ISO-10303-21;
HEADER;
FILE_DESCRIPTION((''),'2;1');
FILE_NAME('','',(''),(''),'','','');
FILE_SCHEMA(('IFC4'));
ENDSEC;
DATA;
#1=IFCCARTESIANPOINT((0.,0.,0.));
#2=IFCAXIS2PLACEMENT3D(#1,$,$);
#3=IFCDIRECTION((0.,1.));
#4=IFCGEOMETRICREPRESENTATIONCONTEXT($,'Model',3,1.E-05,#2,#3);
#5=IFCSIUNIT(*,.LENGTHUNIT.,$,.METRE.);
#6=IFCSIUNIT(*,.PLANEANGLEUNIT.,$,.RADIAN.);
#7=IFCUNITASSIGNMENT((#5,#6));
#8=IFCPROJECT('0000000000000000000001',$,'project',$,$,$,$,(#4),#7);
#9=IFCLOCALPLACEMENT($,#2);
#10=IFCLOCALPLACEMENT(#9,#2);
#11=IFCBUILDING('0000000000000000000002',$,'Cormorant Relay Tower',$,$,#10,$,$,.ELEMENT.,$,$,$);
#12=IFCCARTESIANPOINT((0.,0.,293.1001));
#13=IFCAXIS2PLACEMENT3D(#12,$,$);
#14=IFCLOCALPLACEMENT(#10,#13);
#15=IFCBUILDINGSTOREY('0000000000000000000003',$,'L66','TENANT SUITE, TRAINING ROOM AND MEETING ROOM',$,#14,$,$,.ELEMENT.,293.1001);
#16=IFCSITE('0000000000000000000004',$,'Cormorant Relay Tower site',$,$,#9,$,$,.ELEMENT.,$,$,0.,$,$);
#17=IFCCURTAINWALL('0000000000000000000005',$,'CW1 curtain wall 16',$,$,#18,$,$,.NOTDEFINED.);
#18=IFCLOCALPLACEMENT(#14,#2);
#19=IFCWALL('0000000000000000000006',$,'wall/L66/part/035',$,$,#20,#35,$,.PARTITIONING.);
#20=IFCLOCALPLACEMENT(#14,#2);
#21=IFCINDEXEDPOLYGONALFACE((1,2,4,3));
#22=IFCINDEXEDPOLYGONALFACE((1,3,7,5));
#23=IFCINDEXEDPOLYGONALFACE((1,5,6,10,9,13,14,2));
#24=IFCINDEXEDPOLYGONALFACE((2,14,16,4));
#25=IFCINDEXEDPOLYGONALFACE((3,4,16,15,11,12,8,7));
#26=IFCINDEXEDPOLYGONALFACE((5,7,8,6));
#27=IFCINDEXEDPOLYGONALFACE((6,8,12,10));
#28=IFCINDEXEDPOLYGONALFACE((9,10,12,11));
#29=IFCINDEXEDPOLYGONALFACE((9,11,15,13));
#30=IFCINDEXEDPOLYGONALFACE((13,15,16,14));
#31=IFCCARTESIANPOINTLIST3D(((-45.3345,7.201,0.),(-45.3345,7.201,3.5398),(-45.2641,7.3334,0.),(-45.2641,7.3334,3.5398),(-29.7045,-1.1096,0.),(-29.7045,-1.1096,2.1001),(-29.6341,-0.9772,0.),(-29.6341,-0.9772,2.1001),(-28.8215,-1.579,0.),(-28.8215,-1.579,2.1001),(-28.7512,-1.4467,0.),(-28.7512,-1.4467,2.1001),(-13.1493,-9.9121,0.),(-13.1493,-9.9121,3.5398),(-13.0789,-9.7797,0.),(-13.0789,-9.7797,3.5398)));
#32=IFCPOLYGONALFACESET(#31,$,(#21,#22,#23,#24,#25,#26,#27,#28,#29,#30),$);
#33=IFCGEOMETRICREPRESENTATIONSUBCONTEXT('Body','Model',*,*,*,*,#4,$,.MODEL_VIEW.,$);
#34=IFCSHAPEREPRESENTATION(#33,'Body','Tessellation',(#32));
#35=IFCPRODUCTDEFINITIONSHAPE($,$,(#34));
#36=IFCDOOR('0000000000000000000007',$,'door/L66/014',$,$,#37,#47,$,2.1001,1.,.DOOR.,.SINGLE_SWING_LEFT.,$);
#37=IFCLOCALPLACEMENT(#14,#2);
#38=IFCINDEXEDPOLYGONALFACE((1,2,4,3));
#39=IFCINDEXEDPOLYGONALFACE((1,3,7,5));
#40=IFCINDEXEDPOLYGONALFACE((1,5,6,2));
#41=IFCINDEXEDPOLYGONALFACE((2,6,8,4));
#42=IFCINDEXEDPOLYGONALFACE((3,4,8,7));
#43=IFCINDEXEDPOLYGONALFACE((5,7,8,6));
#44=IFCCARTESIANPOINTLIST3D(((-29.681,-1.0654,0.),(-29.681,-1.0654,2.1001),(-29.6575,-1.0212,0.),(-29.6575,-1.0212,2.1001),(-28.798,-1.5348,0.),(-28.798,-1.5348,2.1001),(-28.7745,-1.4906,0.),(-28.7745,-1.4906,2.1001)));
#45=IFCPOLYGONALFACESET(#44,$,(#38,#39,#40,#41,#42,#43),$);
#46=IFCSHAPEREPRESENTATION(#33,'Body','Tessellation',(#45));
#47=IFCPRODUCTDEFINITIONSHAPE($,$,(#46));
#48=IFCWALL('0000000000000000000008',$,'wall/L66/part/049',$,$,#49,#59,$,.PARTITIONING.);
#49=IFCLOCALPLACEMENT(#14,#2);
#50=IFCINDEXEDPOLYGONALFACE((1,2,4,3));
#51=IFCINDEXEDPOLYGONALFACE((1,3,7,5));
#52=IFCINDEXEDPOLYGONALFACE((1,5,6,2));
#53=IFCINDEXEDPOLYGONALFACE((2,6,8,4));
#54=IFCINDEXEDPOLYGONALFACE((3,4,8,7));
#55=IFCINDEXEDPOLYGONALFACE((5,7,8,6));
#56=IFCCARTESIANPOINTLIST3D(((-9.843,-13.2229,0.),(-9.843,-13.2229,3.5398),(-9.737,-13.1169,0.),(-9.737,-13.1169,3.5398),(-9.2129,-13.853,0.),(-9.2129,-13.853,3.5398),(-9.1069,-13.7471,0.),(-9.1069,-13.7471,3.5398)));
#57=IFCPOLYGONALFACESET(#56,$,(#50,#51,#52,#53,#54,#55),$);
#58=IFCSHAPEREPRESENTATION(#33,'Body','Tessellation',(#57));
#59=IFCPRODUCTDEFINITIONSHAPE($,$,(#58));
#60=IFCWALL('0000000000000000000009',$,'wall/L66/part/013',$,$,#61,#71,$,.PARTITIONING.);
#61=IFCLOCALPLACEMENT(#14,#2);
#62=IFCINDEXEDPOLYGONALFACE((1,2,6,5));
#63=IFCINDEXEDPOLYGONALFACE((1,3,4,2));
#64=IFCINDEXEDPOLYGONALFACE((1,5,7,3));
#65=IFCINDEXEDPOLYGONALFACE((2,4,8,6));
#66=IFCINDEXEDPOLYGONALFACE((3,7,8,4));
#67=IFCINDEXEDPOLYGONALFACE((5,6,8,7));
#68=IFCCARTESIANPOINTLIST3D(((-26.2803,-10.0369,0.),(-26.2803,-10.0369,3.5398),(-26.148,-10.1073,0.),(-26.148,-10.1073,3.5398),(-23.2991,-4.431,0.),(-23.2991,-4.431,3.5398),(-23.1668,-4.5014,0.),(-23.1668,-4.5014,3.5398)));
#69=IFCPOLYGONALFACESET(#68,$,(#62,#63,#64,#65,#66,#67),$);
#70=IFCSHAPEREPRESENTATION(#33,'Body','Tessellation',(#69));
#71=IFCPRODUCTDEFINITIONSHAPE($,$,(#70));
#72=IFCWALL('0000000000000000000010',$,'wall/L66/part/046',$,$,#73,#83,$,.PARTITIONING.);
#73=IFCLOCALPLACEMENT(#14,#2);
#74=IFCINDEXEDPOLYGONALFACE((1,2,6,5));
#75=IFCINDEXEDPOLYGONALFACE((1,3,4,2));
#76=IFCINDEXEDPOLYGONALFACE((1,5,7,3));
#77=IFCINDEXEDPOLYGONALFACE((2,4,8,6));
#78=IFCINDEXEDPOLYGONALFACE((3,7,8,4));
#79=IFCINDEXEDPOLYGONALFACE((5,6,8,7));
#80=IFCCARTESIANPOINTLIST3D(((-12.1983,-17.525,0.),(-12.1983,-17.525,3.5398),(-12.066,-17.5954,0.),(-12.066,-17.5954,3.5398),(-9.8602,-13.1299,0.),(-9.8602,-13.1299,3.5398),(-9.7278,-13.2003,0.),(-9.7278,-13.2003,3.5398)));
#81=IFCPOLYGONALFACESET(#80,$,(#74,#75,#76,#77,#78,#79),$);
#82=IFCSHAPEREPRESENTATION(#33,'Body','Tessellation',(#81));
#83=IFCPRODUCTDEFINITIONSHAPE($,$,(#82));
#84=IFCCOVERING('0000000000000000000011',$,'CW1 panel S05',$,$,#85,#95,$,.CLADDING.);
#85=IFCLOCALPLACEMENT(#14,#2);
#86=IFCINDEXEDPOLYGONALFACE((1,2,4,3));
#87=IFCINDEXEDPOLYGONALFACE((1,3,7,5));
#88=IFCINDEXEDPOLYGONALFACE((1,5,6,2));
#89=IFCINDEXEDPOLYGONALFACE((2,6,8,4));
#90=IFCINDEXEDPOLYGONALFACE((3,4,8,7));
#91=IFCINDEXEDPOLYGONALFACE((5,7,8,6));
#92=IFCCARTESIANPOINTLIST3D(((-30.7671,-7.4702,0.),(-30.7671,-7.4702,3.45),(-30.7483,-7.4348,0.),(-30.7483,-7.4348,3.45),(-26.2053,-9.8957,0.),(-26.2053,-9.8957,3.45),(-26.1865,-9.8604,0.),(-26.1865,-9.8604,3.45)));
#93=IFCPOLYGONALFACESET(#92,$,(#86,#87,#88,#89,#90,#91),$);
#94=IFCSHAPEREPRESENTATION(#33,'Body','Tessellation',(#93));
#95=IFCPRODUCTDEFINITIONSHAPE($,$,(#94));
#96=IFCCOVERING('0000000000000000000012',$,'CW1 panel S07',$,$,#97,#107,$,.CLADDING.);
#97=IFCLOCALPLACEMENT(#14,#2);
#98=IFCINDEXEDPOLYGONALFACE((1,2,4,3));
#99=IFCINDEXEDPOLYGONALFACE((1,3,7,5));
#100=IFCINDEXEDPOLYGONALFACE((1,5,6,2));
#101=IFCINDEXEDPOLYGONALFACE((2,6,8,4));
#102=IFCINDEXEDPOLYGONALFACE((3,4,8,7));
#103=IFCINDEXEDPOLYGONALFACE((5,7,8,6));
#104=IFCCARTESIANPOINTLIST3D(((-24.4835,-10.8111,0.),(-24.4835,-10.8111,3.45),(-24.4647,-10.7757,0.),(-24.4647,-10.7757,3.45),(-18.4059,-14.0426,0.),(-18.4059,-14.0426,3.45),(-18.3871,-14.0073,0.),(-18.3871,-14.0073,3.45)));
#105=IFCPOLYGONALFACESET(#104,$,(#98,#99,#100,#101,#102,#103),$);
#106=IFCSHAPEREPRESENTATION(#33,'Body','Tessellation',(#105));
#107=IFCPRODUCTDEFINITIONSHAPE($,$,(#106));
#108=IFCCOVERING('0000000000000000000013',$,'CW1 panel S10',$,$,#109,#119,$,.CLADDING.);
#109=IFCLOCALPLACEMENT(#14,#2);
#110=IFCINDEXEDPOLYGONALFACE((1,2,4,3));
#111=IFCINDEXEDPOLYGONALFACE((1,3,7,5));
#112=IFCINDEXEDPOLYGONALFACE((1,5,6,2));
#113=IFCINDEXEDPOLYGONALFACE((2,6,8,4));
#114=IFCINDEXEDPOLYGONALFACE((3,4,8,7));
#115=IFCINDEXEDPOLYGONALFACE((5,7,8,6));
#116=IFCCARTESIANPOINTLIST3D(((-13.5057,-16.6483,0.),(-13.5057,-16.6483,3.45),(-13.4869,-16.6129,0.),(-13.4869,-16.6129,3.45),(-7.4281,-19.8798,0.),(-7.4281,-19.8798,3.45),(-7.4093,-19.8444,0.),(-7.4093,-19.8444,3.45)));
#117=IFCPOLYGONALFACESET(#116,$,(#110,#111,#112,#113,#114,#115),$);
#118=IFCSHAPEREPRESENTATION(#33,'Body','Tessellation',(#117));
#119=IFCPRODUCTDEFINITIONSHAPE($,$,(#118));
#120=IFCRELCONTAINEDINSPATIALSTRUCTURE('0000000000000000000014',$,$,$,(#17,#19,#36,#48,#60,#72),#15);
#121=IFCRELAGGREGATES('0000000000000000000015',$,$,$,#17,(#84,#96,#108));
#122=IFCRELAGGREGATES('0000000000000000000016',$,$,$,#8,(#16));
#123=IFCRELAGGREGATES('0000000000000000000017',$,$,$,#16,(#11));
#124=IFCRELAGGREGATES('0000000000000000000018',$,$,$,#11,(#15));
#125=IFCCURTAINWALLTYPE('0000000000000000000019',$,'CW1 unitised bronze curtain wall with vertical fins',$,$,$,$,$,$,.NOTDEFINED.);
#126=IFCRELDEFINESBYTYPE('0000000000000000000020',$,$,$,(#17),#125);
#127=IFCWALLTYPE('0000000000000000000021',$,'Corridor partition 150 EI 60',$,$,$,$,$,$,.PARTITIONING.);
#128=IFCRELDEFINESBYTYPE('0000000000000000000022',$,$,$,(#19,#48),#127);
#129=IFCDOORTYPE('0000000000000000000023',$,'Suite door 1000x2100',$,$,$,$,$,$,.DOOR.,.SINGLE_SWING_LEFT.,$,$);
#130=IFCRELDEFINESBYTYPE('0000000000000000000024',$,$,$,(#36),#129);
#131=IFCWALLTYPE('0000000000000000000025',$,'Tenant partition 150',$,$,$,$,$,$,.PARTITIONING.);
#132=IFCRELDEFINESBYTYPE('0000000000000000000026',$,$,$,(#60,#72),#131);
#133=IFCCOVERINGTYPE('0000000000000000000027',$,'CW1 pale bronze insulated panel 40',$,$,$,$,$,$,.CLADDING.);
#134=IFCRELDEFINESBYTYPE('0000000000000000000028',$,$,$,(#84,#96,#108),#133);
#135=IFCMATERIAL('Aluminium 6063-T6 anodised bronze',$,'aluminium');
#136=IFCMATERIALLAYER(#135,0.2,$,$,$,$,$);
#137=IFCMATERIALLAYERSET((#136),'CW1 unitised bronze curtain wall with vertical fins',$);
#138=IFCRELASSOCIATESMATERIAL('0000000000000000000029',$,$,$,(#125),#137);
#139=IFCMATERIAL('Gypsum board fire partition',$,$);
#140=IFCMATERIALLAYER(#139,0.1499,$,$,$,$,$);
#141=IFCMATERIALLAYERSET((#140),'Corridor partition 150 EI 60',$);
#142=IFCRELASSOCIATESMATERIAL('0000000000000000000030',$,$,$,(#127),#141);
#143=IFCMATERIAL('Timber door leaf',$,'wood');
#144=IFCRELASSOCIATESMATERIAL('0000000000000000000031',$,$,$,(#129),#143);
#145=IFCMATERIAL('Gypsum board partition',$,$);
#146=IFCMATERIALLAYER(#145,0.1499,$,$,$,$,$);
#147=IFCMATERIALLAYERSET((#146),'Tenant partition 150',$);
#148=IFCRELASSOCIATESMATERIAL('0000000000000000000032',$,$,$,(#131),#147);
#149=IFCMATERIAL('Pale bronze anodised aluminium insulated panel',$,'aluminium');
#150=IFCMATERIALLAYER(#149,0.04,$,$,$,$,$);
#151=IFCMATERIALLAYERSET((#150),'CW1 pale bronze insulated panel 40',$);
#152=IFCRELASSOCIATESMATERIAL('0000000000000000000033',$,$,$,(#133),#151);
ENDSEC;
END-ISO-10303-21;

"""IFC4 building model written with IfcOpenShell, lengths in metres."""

from ifc_helpers import new_model, si_unit, direction, frame, frame_2d, origin, origin_2d, place, context, subcontext, project, spatial, rectangle, extrude, material, layer, layer_set, type_object, element, fill, aggregate, save


model = new_model("IFC4")

# Units and contexts
model_context = context("Model", 3, precision=1e-05, world=origin(), true_north=direction((0.0, 1.0)))
body_context = subcontext(model_context, "Body", "Model", "MODEL_VIEW")
ifc_project = project(units=[si_unit("LENGTHUNIT", "METRE"), si_unit("PLANEANGLEUNIT", "RADIAN")], contexts=[model_context])

# Site, building, storey
site_placement = place(None, origin())
site = spatial("IfcSite", under=ifc_project, at=site_placement, Name="Cormorant Relay Tower site", CompositionType="ELEMENT", RefElevation=0.0)
building_placement = place(site_placement, origin())
building = spatial("IfcBuilding", under=site, at=building_placement, Name="Cormorant Relay Tower", CompositionType="ELEMENT")
storey_placement = place(building_placement, frame((0.0, 0.0, 293.1001)))
storey = spatial("IfcBuildingStorey", under=building, at=storey_placement, Name="L66", Description="TENANT SUITE, TRAINING ROOM AND MEETING ROOM", CompositionType="ELEMENT", Elevation=293.1001)

# Curtain wall
ifc_material_1 = material(Name="Aluminium 6063-T6 anodised bronze", Category="aluminium")
ifc_layer_1 = layer(ifc_material_1, 0.2)
ifc_layer_set_1 = layer_set([ifc_layer_1], Name="CW1 unitised bronze curtain wall with vertical fins")
curtain_wall_type = type_object("IfcCurtainWallType", Name="CW1 unitised bronze curtain wall with vertical fins", PredefinedType="NOTDEFINED", material=ifc_layer_set_1)
curtain_wall_placement = place(storey_placement, origin())
curtain_wall = element("IfcCurtainWall", 1, at=curtain_wall_placement, inside=storey, type_object=curtain_wall_type, Name="CW1 curtain wall 16", PredefinedType="NOTDEFINED")

# Shared definitions
ifc_material_2 = material(Name="Gypsum board fire partition")
ifc_layer_2 = layer(ifc_material_2, 0.1499)
ifc_layer_set_2 = layer_set([ifc_layer_2], Name="Corridor partition 150 EI 60")
wall_type_1 = type_object("IfcWallType", Name="Corridor partition 150 EI 60", PredefinedType="PARTITIONING", material=ifc_layer_set_2)

# Wall, opening, door
ifc_material_3 = material(Name="Timber door leaf", Category="wood")
door_type = type_object("IfcDoorType", Name="Suite door 1000x2100", OperationType="SINGLE_SWING_LEFT", PredefinedType="DOOR", material=ifc_material_3)
wall_1_placement = place(storey_placement, frame((-13.114, -9.8459, 0.0), z_axis=(0.0, 0.0, 1.0), x_axis=(-0.882948, 0.46947, 0.0)))
wall_1 = element("IfcWall", 2, at=wall_1_placement, inside=storey, type_object=wall_type_1, Name="wall/L66/part/035", PredefinedType="PARTITIONING", context=body_context, shape_type="SweptSolid", body=[
    extrude(rectangle(XDim=36.4519, YDim=0.1499, at=frame_2d((18.2261, 0.0))), origin(), (0.0, 0.0, 1.0), 3.5398),
])
opening_1_placement = place(wall_1_placement, frame((17.75, 0.0, 0.0)))
opening_1 = element("IfcOpeningElement", 3, at=opening_1_placement, cuts=wall_1, PredefinedType="OPENING", context=body_context, shape_type="SweptSolid", body=[
    extrude(rectangle(XDim=1.0, YDim=2.1001, at=frame_2d((0.5, 1.05))), frame((0.0, 0.085, 0.0), z_axis=(0.0, -1.0, 0.0), x_axis=(1.0, 0.0, 0.0)), (0.0, 0.0, 1.0), 0.1699),
])
door_1_placement = place(opening_1_placement, origin())
door_1 = element("IfcDoor", 4, at=door_1_placement, inside=storey, type_object=door_type, Name="door/L66/014", OperationType="SINGLE_SWING_LEFT", OverallHeight=2.1001, OverallWidth=1.0, PredefinedType="DOOR", context=body_context, shape_type="SweptSolid", body=[
    extrude(rectangle(XDim=1.0, YDim=2.1001, at=frame_2d((0.5, 1.05))), frame((0.0, 0.0249, 0.0), z_axis=(0.0, -1.0, 0.0), x_axis=(1.0, 0.0, 0.0)), (0.0, 0.0, 1.0), 0.05),
])
fill(opening_1, door_1)

# Walls
wall_2_placement = place(storey_placement, frame((-9.1599, -13.8, 0.0), z_axis=(0.0, 0.0, 1.0), x_axis=(-0.707107, 0.707107, 0.0)))
element("IfcWall", 5, at=wall_2_placement, inside=storey, type_object=wall_type_1, Name="wall/L66/part/049", PredefinedType="PARTITIONING", context=body_context, shape_type="SweptSolid", body=[
    extrude(rectangle(XDim=0.8911, YDim=0.1499, at=frame_2d((0.4456, 0.0))), origin(), (0.0, 0.0, 1.0), 3.5398),
])
ifc_material_4 = material(Name="Gypsum board partition")
ifc_layer_3 = layer(ifc_material_4, 0.1499)
ifc_layer_set_3 = layer_set([ifc_layer_3], Name="Tenant partition 150")
wall_type_2 = type_object("IfcWallType", Name="Tenant partition 150", PredefinedType="PARTITIONING", material=ifc_layer_set_3)
wall_3_placement = place(storey_placement, frame((-23.2329, -4.4661, 0.0), z_axis=(0.0, 0.0, 1.0), x_axis=(-0.469528, -0.882917, 0.0)))
element("IfcWall", 6, at=wall_3_placement, inside=storey, type_object=wall_type_2, Name="wall/L66/part/013", PredefinedType="PARTITIONING", context=body_context, shape_type="SweptSolid", body=[
    extrude(rectangle(XDim=6.3494, YDim=0.1499, at=frame_2d((3.1748, 0.0))), origin(), (0.0, 0.0, 1.0), 3.5398),
])
wall_4_placement = place(storey_placement, frame((-9.7939, -13.165, 0.0), z_axis=(0.0, 0.0, 1.0), x_axis=(-0.469669, -0.882843, 0.0)))
element("IfcWall", 7, at=wall_4_placement, inside=storey, type_object=wall_type_2, Name="wall/L66/part/046", PredefinedType="PARTITIONING", context=body_context, shape_type="SweptSolid", body=[
    extrude(rectangle(XDim=4.9783, YDim=0.1499, at=frame_2d((2.4893, 0.0))), origin(), (0.0, 0.0, 1.0), 3.5398),
])

# Coverings
ifc_material_5 = material(Name="Pale bronze anodised aluminium insulated panel", Category="aluminium")
ifc_layer_4 = layer(ifc_material_5, 0.04)
ifc_layer_set_4 = layer_set([ifc_layer_4], Name="CW1 pale bronze insulated panel 40")
covering_type = type_object("IfcCoveringType", Name="CW1 pale bronze insulated panel 40", PredefinedType="CLADDING", material=ifc_layer_set_4)
covering_1_placement = place(storey_placement, frame((-28.4768, -8.6653, 0.0), z_axis=(0.0, 0.0, 1.0), x_axis=(0.882948, -0.469472, 0.0)))
covering_1 = element("IfcCovering", 8, at=covering_1_placement, type_object=covering_type, Name="CW1 panel S05", PredefinedType="CLADDING", context=body_context, shape_type="SweptSolid", body=[
    extrude(rectangle(XDim=5.1665, YDim=0.04, at=origin_2d()), origin(), (0.0, 0.0, 1.0), 3.45),
])
covering_2_placement = place(storey_placement, frame((-21.4353, -12.4092, 0.0), z_axis=(0.0, 0.0, 1.0), x_axis=(0.882948, -0.469472, 0.0)))
covering_2 = element("IfcCovering", 9, at=covering_2_placement, type_object=covering_type, Name="CW1 panel S07", PredefinedType="CLADDING", context=body_context, shape_type="SweptSolid", body=[
    extrude(rectangle(XDim=6.8833, YDim=0.04, at=origin_2d()), origin(), (0.0, 0.0, 1.0), 3.45),
])
covering_3_placement = place(storey_placement, frame((-10.4575, -18.2463, 0.0), z_axis=(0.0, 0.0, 1.0), x_axis=(0.882948, -0.469472, 0.0)))
covering_3 = element("IfcCovering", 10, at=covering_3_placement, type_object=covering_type, Name="CW1 panel S10", PredefinedType="CLADDING", context=body_context, shape_type="SweptSolid", body=[
    extrude(rectangle(XDim=6.8833, YDim=0.04, at=origin_2d()), origin(), (0.0, 0.0, 1.0), 3.45),
])
aggregate(curtain_wall, [covering_1, covering_2, covering_3])

save(model, "model.ifc")
